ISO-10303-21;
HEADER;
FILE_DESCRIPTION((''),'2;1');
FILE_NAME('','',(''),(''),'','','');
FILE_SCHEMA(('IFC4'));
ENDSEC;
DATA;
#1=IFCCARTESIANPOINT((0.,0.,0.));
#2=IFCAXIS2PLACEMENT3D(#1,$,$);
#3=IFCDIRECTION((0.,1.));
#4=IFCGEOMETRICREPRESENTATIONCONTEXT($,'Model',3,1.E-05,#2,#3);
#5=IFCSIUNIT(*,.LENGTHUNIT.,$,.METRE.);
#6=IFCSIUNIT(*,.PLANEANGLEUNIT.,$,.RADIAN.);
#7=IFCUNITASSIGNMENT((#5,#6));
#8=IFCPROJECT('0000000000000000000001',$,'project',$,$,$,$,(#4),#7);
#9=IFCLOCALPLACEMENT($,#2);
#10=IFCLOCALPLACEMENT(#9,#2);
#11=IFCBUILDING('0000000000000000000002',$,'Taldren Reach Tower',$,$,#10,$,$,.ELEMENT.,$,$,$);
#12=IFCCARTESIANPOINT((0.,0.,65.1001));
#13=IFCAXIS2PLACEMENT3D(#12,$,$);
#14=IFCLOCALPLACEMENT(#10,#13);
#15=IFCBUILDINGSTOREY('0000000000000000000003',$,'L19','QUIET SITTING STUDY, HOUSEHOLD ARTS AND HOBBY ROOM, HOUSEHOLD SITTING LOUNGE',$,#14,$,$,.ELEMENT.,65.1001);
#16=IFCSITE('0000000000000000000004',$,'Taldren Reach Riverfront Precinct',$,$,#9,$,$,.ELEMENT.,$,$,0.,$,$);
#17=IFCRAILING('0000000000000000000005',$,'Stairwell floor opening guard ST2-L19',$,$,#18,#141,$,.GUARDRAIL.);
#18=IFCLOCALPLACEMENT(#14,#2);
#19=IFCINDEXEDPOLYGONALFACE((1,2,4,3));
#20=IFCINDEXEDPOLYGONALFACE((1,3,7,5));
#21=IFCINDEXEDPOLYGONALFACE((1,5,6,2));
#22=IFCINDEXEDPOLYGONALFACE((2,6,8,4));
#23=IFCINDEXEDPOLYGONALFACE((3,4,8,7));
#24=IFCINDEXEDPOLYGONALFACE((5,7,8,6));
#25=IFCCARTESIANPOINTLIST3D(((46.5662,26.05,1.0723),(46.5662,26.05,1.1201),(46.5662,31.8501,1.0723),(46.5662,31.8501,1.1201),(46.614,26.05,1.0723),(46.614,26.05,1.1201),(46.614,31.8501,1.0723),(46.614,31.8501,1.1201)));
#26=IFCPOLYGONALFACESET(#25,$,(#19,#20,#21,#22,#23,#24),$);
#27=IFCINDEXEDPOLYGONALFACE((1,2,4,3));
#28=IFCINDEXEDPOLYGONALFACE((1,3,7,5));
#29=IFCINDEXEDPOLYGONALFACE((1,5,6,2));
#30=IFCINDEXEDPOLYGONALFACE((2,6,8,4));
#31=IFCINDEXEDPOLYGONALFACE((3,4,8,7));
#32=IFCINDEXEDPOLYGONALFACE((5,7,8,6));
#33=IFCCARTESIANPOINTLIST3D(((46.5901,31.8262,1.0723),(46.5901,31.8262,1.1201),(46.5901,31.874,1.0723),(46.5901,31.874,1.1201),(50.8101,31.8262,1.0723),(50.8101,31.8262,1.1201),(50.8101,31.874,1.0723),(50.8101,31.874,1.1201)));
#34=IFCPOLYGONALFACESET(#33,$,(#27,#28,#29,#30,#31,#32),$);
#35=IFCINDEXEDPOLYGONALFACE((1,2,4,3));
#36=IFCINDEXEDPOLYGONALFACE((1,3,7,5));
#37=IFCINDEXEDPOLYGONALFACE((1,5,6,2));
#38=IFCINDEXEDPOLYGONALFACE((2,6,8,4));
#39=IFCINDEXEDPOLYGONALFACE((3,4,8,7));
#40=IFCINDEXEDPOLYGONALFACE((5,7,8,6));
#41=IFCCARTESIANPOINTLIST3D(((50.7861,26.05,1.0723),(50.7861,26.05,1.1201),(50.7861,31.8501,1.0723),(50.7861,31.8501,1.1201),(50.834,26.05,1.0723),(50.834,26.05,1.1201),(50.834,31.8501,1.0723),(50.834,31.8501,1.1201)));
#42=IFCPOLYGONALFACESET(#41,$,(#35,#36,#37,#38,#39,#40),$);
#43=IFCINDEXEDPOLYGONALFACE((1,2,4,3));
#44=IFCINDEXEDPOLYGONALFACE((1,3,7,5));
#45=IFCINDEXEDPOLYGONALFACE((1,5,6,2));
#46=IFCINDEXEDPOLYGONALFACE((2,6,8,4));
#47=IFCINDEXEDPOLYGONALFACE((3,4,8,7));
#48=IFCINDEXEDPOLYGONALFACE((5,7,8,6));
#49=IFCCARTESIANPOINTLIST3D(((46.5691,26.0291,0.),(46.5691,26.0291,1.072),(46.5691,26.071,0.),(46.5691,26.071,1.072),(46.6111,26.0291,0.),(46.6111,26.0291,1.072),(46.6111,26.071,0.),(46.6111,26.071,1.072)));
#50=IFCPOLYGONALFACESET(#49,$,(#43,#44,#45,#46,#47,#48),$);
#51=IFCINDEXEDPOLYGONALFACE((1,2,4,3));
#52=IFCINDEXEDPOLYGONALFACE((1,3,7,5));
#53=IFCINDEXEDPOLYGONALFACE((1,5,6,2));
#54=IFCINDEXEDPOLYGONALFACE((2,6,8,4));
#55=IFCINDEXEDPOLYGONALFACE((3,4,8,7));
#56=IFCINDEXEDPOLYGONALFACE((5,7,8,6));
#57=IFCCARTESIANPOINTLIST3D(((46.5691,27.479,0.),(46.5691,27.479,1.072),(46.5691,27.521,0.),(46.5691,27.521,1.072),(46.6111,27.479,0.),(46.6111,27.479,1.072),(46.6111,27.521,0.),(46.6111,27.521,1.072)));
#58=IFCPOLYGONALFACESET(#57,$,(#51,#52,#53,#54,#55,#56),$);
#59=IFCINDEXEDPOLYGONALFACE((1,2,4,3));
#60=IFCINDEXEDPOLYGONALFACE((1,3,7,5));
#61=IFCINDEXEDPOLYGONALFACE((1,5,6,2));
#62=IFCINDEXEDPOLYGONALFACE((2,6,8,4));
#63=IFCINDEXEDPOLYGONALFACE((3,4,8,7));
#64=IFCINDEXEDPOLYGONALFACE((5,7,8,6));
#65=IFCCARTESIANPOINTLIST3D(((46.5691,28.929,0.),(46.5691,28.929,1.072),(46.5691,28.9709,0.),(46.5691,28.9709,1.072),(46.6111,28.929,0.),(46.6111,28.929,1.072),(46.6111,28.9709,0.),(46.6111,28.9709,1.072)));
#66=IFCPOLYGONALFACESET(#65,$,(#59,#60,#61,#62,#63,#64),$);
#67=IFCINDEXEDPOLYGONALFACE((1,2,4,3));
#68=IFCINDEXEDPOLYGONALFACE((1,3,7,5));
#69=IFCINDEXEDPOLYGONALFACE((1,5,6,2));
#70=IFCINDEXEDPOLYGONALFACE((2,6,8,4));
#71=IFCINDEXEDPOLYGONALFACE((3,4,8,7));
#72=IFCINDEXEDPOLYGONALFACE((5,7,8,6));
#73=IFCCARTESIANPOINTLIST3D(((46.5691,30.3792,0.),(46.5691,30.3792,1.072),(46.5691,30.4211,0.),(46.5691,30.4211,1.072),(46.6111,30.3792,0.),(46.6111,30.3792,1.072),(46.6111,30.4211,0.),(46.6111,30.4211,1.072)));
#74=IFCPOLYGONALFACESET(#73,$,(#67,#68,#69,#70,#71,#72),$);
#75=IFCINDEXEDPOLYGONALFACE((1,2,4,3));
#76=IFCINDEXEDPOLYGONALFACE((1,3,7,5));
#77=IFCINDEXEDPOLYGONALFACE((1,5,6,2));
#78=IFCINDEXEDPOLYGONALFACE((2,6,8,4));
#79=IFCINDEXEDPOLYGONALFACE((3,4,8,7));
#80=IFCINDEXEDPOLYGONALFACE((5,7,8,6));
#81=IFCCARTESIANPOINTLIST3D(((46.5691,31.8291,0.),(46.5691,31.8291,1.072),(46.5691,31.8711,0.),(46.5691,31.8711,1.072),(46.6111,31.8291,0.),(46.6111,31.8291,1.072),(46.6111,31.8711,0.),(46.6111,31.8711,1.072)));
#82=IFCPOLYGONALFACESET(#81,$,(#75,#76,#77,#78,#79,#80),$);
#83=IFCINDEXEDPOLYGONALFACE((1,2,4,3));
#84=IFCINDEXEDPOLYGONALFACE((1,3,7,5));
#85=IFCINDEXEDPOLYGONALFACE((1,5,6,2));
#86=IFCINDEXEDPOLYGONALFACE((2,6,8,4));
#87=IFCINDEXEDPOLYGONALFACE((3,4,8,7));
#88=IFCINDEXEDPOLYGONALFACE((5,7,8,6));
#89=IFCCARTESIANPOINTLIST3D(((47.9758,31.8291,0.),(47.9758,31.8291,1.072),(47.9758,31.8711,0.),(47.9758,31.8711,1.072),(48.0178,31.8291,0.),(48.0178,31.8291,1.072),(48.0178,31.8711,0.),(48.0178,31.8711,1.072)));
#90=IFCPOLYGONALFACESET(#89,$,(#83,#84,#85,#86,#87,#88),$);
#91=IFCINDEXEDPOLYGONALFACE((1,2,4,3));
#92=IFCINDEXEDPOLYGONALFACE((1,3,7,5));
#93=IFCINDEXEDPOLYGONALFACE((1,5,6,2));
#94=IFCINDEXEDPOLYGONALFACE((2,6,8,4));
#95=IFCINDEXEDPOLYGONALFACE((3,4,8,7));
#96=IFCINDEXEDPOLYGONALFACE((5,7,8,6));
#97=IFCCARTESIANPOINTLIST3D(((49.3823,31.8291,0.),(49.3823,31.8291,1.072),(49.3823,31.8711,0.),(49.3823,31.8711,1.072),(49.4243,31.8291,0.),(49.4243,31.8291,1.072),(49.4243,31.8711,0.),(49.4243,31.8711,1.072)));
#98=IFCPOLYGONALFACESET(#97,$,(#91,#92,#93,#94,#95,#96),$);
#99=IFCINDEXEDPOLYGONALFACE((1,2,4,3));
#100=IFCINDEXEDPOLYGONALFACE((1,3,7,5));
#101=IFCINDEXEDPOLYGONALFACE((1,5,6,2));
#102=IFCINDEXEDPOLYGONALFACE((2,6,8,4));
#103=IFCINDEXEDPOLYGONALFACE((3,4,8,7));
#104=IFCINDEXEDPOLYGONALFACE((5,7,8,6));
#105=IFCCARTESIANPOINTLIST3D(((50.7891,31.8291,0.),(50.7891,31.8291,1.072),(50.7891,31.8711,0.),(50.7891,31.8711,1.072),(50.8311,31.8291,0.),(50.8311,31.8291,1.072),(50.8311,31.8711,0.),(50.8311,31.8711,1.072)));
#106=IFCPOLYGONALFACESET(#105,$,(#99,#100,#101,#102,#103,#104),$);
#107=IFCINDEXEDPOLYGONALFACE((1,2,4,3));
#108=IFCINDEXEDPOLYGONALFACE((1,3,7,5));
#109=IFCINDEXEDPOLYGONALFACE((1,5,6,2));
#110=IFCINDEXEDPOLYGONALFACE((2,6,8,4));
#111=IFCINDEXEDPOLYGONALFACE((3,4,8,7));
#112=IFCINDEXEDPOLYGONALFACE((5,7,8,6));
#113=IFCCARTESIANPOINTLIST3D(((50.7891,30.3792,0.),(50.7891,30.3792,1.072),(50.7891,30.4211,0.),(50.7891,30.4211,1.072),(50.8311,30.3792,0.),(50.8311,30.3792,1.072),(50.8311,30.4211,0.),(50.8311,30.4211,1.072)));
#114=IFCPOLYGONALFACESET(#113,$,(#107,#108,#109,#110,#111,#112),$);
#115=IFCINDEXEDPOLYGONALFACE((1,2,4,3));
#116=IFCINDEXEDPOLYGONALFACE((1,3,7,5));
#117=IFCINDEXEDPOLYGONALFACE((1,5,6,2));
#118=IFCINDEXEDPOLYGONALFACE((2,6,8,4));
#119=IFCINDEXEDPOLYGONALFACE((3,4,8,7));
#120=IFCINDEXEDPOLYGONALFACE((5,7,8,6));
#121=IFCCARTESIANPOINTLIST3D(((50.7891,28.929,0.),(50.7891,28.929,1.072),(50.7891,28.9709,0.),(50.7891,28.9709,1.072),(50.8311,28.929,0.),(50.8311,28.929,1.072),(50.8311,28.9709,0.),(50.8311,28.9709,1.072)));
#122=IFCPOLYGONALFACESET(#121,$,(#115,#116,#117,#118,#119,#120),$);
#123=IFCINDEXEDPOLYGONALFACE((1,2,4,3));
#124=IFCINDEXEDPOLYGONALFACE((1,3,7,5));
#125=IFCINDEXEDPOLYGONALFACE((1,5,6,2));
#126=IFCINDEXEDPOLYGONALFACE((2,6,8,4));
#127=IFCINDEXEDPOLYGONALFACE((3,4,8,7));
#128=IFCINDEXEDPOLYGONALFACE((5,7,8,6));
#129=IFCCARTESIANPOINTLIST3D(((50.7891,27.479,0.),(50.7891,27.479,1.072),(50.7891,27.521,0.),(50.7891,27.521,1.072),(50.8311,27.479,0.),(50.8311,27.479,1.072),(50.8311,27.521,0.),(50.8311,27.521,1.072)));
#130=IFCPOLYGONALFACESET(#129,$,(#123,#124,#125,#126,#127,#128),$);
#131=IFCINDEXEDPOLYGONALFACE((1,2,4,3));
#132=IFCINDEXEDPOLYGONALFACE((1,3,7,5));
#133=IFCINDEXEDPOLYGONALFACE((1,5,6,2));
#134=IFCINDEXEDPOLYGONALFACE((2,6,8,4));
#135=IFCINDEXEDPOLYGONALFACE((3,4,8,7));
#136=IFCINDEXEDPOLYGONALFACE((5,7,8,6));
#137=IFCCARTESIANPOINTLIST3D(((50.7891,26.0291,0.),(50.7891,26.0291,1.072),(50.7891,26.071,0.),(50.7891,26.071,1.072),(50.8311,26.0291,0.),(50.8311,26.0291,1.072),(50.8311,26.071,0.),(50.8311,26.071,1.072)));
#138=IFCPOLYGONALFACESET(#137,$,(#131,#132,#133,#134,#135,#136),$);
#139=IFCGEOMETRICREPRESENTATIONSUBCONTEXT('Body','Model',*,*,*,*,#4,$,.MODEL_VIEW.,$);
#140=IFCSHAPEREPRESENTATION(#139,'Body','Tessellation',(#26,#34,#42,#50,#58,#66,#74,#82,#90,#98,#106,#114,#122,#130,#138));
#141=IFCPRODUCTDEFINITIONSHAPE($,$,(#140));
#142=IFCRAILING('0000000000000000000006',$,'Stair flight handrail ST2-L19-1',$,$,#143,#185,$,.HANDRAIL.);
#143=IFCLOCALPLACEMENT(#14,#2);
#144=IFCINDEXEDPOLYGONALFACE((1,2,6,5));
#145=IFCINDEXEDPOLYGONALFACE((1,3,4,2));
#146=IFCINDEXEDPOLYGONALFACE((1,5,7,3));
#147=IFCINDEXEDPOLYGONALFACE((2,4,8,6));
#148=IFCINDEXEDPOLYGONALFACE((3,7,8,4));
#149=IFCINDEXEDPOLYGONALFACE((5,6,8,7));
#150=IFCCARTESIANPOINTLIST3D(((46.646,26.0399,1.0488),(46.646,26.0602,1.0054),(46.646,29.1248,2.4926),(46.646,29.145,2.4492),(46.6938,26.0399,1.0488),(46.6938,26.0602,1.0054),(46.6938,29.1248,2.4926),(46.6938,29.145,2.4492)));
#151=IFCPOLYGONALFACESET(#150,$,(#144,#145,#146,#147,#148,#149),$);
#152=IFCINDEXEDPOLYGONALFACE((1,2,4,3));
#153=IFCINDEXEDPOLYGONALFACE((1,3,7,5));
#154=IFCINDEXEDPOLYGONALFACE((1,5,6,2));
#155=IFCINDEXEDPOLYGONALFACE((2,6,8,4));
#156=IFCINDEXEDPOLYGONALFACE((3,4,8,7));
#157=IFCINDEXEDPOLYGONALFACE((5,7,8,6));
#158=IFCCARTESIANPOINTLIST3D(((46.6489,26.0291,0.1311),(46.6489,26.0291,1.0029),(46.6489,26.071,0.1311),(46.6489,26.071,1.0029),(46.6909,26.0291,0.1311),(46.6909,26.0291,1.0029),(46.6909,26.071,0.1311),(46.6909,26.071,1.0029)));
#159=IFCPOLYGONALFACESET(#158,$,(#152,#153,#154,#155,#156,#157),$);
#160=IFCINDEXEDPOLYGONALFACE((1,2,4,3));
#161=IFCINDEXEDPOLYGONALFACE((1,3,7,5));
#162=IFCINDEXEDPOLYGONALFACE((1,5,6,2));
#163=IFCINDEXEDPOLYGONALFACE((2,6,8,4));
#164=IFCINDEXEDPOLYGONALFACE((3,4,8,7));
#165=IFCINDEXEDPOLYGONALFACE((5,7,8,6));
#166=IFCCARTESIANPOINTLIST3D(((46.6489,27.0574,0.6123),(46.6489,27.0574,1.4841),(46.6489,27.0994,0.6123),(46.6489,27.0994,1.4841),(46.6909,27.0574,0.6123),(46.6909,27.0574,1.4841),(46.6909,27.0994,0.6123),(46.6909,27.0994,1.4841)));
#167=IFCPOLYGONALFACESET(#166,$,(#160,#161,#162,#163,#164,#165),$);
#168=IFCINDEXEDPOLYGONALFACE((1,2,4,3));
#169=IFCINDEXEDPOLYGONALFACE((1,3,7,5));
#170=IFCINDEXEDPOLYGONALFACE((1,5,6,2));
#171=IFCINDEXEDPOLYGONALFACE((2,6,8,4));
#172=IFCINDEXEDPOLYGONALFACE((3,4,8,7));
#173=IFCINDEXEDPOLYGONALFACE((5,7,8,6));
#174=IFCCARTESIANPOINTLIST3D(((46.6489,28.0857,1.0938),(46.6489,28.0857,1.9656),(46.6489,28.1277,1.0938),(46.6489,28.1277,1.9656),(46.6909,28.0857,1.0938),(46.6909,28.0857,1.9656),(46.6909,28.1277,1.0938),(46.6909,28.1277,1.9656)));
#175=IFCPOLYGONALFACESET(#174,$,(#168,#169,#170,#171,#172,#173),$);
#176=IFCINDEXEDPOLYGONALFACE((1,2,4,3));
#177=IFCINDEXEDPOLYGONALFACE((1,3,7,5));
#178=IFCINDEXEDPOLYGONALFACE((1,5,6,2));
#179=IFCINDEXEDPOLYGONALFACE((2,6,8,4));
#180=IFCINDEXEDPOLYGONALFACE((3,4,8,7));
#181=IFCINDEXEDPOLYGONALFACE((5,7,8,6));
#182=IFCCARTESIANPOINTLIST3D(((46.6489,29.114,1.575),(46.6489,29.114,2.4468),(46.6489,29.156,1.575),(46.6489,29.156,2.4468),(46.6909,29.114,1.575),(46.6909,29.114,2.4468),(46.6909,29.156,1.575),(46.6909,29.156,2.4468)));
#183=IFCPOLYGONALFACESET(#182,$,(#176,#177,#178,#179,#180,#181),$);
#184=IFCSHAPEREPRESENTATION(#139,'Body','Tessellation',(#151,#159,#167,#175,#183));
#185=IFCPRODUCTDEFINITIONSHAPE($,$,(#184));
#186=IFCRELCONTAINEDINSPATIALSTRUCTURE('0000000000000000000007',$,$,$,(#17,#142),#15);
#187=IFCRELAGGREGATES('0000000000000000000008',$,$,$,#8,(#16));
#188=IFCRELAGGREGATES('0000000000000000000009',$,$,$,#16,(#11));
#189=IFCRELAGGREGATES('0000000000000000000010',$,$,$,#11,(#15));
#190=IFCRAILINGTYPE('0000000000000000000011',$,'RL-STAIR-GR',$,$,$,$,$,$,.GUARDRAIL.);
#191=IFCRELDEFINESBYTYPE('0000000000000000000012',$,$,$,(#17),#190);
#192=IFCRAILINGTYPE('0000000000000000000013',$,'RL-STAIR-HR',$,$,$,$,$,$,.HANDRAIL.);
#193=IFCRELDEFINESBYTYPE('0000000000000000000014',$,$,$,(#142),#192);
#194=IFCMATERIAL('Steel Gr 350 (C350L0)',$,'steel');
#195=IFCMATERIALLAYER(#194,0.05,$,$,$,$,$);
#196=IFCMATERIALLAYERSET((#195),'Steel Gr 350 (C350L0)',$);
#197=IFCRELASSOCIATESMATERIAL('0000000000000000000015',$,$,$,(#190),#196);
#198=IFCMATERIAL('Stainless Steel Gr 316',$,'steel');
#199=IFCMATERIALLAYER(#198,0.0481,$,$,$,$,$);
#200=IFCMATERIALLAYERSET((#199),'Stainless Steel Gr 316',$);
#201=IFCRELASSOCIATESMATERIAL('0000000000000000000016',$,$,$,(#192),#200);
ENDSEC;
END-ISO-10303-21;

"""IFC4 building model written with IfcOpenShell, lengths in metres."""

from ifc_helpers import new_model, si_unit, direction, frame, origin, origin_2d, place, context, subcontext, project, spatial, rectangle, extrude, material, layer, layer_set, type_object, element, save


model = new_model("IFC4")

# Units and contexts
model_context = context("Model", 3, precision=1e-05, world=origin(), true_north=direction((0.0, 1.0)))
body_context = subcontext(model_context, "Body", "Model", "MODEL_VIEW")
ifc_project = project(units=[si_unit("LENGTHUNIT", "METRE"), si_unit("PLANEANGLEUNIT", "RADIAN")], contexts=[model_context])

# Site, building, storey
site_placement = place(None, origin())
site = spatial("IfcSite", under=ifc_project, at=site_placement, Name="Taldren Reach Riverfront Precinct", CompositionType="ELEMENT", RefElevation=0.0)
building_placement = place(site_placement, origin())
building = spatial("IfcBuilding", under=site, at=building_placement, Name="Taldren Reach Tower", CompositionType="ELEMENT")
storey_placement = place(building_placement, frame((0.0, 0.0, 65.1001)))
storey = spatial("IfcBuildingStorey", under=building, at=storey_placement, Name="L19", Description="QUIET SITTING STUDY, HOUSEHOLD ARTS AND HOBBY ROOM, HOUSEHOLD SITTING LOUNGE", CompositionType="ELEMENT", Elevation=65.1001)

# Railings
ifc_material_1 = material(Name="Steel Gr 350 (C350L0)", Category="steel")
ifc_layer_1 = layer(ifc_material_1, 0.05)
ifc_layer_set_1 = layer_set([ifc_layer_1], Name="Steel Gr 350 (C350L0)")
railing_type_1 = type_object("IfcRailingType", Name="RL-STAIR-GR", PredefinedType="GUARDRAIL", material=ifc_layer_set_1)
railing_1_placement = place(storey_placement, frame((46.5901, 26.05, 0.0)))
element("IfcRailing", 1, at=railing_1_placement, inside=storey, type_object=railing_type_1, Name="Stairwell floor opening guard ST2-L19", PredefinedType="GUARDRAIL", context=body_context, shape_type="SweptSolid", body=[
    extrude(rectangle(XDim=0.0479, YDim=0.0479, at=origin_2d()), frame((0.0, 0.0, 1.0962), z_axis=(0.0, 1.0, 0.0), x_axis=(-1.0, 0.0, 0.0)), (0.0, 0.0, 1.0), 5.8),
    extrude(rectangle(XDim=0.0479, YDim=0.0479, at=origin_2d()), frame((0.0, 5.8, 1.0962), z_axis=(1.0, 0.0, 0.0), x_axis=(0.0, 1.0, 0.0)), (0.0, 0.0, 1.0), 4.22),
    extrude(rectangle(XDim=0.0479, YDim=0.0479, at=origin_2d()), frame((4.22, 5.8, 1.0962), z_axis=(0.0, -1.0, 0.0), x_axis=(1.0, 0.0, 0.0)), (0.0, 0.0, 1.0), 5.8),
    extrude(rectangle(XDim=0.042, YDim=0.042, at=origin_2d()), origin(), (0.0, 0.0, 1.0), 1.072),
    extrude(rectangle(XDim=0.042, YDim=0.042, at=origin_2d()), frame((0.0, 1.45, 0.0)), (0.0, 0.0, 1.0), 1.072),
    extrude(rectangle(XDim=0.042, YDim=0.042, at=origin_2d()), frame((0.0, 2.8999, 0.0)), (0.0, 0.0, 1.0), 1.072),
    extrude(rectangle(XDim=0.042, YDim=0.042, at=origin_2d()), frame((0.0, 4.3501, 0.0)), (0.0, 0.0, 1.0), 1.072),
    extrude(rectangle(XDim=0.042, YDim=0.042, at=origin_2d()), frame((0.0, 5.8, 0.0)), (0.0, 0.0, 1.0), 1.072),
    extrude(rectangle(XDim=0.042, YDim=0.042, at=origin_2d()), frame((1.4067, 5.8, 0.0)), (0.0, 0.0, 1.0), 1.072),
    extrude(rectangle(XDim=0.042, YDim=0.042, at=origin_2d()), frame((2.8132, 5.8, 0.0)), (0.0, 0.0, 1.0), 1.072),
    extrude(rectangle(XDim=0.042, YDim=0.042, at=origin_2d()), frame((4.22, 5.8, 0.0)), (0.0, 0.0, 1.0), 1.072),
    extrude(rectangle(XDim=0.042, YDim=0.042, at=origin_2d()), frame((4.22, 4.3501, 0.0)), (0.0, 0.0, 1.0), 1.072),
    extrude(rectangle(XDim=0.042, YDim=0.042, at=origin_2d()), frame((4.22, 2.8999, 0.0)), (0.0, 0.0, 1.0), 1.072),
    extrude(rectangle(XDim=0.042, YDim=0.042, at=origin_2d()), frame((4.22, 1.45, 0.0)), (0.0, 0.0, 1.0), 1.072),
    extrude(rectangle(XDim=0.042, YDim=0.042, at=origin_2d()), frame((4.22, 0.0, 0.0)), (0.0, 0.0, 1.0), 1.072),
])
ifc_material_2 = material(Name="Stainless Steel Gr 316", Category="steel")
ifc_layer_2 = layer(ifc_material_2, 0.0481)
ifc_layer_set_2 = layer_set([ifc_layer_2], Name="Stainless Steel Gr 316")
railing_type_2 = type_object("IfcRailingType", Name="RL-STAIR-HR", PredefinedType="HANDRAIL", material=ifc_layer_set_2)
railing_2_placement = place(storey_placement, frame((46.6699, 26.05, 0.1311)))
element("IfcRailing", 2, at=railing_2_placement, inside=storey, type_object=railing_type_2, Name="Stair flight handrail ST2-L19-1", PredefinedType="HANDRAIL", context=body_context, shape_type="SweptSolid", body=[
    extrude(rectangle(XDim=0.0479, YDim=0.0479, at=origin_2d()), frame((0.0, 0.0, 0.896), z_axis=(0.0, 0.90571, 0.423898), x_axis=(-1.0, 0.0, 0.0)), (0.0, 0.0, 1.0), 3.406),
    extrude(rectangle(XDim=0.042, YDim=0.042, at=origin_2d()), origin(), (0.0, 0.0, 1.0), 0.8718),
    extrude(rectangle(XDim=0.042, YDim=0.042, at=origin_2d()), frame((0.0, 1.0283, 0.4812)), (0.0, 0.0, 1.0), 0.8718),
    extrude(rectangle(XDim=0.042, YDim=0.042, at=origin_2d()), frame((0.0, 2.0566, 0.9626)), (0.0, 0.0, 1.0), 0.8718),
    extrude(rectangle(XDim=0.042, YDim=0.042, at=origin_2d()), frame((0.0, 3.085, 1.4438)), (0.0, 0.0, 1.0), 0.8718),
])

save(model, "model.ifc")
